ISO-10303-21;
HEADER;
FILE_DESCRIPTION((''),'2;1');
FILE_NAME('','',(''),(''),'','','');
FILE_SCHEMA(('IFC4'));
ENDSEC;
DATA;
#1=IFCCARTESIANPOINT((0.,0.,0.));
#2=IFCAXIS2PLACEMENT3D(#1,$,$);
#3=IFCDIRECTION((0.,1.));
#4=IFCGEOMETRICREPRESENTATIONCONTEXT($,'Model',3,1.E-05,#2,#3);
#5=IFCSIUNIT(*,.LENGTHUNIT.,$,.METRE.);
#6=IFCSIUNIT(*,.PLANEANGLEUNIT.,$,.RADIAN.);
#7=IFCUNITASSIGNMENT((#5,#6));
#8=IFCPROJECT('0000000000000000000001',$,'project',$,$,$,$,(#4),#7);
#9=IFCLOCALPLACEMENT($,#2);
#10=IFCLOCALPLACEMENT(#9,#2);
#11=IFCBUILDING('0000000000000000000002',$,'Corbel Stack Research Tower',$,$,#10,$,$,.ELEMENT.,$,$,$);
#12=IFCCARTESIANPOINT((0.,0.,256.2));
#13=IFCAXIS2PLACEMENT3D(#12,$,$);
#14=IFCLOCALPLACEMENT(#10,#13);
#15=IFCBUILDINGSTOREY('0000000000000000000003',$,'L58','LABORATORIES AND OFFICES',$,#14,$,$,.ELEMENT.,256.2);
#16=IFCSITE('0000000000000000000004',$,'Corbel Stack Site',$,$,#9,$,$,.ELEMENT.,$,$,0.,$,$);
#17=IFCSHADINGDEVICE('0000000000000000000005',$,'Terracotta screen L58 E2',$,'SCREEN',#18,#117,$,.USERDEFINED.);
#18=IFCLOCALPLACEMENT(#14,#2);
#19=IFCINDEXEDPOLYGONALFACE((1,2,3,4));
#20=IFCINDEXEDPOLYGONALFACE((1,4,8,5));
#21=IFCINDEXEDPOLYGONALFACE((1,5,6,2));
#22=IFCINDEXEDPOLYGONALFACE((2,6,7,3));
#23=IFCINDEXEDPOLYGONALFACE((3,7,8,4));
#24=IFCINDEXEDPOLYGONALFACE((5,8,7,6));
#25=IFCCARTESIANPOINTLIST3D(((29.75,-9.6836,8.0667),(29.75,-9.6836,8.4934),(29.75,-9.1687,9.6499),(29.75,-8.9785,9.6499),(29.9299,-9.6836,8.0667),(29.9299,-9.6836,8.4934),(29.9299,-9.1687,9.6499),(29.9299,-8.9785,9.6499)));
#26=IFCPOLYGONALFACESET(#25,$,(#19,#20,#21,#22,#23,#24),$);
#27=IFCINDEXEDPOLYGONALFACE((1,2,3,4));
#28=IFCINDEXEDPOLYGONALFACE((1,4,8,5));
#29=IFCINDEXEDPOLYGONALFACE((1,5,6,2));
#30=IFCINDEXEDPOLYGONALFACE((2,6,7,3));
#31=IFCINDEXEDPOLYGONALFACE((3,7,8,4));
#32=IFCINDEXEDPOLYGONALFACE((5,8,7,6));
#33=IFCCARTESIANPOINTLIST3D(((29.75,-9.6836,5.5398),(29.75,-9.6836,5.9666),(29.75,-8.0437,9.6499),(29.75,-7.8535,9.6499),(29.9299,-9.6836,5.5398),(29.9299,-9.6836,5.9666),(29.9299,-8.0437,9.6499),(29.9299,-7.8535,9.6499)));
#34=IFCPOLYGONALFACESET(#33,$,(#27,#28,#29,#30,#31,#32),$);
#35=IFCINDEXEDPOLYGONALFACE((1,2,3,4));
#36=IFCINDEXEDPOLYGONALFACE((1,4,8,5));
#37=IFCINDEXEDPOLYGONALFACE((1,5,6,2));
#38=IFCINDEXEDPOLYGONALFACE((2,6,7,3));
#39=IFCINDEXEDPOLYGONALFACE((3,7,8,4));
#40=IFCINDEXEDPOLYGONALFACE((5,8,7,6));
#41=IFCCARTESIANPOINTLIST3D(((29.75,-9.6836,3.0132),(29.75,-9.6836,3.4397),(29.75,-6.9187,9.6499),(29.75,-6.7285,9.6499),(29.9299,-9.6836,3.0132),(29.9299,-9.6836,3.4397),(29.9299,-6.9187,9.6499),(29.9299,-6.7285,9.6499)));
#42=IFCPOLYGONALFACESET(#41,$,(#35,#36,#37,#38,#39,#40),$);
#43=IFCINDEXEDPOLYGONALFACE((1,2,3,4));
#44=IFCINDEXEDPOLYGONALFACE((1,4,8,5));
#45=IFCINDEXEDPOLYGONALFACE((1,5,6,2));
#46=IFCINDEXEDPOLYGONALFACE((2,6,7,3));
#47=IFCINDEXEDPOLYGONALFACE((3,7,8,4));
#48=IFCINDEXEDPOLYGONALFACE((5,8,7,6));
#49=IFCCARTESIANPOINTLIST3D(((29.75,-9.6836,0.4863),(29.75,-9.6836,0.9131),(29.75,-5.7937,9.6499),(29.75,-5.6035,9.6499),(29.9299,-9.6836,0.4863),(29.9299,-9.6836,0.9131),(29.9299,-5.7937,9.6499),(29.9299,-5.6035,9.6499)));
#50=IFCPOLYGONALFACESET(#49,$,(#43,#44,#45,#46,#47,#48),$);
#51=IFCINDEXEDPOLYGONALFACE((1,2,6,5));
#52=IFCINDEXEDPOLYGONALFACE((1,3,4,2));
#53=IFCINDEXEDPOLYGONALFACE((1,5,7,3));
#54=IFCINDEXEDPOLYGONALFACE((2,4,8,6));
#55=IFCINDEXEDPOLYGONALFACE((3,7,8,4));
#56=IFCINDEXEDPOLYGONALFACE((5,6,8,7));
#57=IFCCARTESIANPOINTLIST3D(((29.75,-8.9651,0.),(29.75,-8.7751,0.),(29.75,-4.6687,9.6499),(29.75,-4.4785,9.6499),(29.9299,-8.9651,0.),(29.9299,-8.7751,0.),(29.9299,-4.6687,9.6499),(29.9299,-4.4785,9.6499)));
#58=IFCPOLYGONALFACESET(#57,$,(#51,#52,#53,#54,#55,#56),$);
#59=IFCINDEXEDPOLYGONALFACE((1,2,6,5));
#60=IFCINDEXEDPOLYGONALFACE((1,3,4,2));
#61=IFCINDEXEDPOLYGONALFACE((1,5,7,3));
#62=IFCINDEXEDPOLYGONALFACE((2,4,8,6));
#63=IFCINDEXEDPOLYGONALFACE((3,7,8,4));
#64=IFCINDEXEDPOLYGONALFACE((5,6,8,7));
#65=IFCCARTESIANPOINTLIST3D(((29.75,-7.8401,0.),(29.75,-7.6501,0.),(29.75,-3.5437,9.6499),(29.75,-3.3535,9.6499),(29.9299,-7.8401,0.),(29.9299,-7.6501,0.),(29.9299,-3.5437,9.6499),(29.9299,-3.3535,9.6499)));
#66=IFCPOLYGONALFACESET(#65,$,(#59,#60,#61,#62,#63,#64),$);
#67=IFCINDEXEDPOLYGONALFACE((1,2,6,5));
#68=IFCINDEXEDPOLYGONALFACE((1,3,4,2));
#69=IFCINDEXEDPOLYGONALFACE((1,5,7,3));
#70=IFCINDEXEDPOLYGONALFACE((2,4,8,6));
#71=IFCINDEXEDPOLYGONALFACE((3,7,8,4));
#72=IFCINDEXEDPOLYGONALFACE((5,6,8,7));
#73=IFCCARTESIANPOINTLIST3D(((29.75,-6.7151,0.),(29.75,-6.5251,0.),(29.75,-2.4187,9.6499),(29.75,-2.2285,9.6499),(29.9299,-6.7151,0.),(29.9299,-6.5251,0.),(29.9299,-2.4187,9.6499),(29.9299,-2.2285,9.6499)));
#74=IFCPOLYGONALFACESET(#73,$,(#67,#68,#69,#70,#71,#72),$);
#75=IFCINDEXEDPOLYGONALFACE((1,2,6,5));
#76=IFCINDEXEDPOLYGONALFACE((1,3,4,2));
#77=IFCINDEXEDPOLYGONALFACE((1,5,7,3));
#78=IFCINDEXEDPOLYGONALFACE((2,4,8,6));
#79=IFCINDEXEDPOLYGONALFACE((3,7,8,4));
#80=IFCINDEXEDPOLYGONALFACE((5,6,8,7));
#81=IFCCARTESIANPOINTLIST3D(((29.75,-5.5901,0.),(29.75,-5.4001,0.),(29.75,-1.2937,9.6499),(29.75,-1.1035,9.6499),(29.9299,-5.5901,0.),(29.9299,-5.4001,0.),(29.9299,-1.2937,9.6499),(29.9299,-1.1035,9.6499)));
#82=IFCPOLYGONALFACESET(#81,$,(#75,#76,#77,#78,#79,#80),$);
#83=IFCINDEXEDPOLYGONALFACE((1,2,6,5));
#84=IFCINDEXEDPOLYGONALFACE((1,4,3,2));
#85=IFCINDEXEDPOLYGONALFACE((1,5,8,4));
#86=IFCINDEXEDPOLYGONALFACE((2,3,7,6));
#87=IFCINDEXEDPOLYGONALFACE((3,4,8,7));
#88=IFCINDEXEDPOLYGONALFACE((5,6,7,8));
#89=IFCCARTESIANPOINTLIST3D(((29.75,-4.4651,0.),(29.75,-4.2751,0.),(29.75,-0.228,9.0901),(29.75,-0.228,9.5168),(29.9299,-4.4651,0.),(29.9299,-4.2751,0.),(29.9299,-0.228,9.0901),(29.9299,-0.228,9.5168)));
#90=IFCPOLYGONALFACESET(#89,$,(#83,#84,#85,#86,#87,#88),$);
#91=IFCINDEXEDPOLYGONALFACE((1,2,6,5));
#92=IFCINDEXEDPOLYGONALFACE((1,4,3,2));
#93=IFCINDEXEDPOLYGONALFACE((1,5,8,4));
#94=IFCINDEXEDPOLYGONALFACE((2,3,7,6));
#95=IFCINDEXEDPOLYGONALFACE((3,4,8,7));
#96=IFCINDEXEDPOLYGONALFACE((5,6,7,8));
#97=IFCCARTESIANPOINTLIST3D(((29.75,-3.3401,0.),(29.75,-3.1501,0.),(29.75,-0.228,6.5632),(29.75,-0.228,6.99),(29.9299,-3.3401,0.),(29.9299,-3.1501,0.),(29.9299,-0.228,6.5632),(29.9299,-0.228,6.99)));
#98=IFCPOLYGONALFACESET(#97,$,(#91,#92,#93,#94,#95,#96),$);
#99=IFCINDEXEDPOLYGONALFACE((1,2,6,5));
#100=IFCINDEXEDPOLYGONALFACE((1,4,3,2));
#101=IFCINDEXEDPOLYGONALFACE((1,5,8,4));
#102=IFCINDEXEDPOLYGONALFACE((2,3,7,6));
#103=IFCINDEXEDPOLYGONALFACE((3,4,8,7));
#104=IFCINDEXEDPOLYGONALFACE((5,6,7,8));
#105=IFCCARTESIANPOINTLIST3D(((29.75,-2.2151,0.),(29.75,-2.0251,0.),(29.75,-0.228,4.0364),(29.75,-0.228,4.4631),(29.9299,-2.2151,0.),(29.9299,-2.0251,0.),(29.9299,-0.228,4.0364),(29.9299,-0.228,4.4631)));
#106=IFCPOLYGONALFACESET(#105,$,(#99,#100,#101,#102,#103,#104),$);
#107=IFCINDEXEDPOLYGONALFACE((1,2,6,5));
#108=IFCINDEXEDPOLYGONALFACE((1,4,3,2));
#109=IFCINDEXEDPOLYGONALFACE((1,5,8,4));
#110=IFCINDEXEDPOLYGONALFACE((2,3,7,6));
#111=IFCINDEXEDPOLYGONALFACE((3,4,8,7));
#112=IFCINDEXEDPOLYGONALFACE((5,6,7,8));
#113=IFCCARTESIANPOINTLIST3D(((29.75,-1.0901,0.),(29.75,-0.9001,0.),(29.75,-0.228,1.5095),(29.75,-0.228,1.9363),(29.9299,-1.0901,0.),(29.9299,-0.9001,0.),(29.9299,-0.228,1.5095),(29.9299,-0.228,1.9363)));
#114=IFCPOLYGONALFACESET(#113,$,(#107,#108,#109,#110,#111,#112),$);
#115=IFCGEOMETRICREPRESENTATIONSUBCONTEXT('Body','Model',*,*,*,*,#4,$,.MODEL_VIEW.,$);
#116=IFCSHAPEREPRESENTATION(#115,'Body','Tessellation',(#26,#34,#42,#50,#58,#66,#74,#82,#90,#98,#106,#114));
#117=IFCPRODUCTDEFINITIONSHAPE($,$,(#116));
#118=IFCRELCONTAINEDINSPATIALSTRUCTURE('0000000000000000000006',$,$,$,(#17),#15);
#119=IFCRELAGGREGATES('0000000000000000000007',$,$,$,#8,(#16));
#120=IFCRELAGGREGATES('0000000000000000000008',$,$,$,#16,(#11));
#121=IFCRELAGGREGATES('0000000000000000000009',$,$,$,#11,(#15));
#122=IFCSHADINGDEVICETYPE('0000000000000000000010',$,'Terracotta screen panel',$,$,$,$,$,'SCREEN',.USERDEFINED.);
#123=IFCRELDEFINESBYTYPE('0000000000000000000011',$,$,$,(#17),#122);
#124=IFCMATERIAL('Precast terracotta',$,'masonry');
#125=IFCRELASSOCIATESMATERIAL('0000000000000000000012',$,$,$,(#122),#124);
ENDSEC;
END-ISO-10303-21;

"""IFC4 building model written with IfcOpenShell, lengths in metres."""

from ifc_helpers import new_model, si_unit, direction, frame, origin, place, context, subcontext, project, spatial, polyline, outline, extrude, source, transform, mapped, material, type_object, element, save


model = new_model("IFC4")

# Units and contexts
model_context = context("Model", 3, precision=1e-05, world=origin(), true_north=direction((0.0, 1.0)))
body_context = subcontext(model_context, "Body", "Model", "MODEL_VIEW")
ifc_project = project(units=[si_unit("LENGTHUNIT", "METRE"), si_unit("PLANEANGLEUNIT", "RADIAN")], contexts=[model_context])

# Site, building, storey
site_placement = place(None, origin())
site = spatial("IfcSite", under=ifc_project, at=site_placement, Name="Corbel Stack Site", CompositionType="ELEMENT", RefElevation=0.0)
building_placement = place(site_placement, origin())
building = spatial("IfcBuilding", under=site, at=building_placement, Name="Corbel Stack Research Tower", CompositionType="ELEMENT")
storey_placement = place(building_placement, frame((0.0, 0.0, 256.2)))
storey = spatial("IfcBuildingStorey", under=building, at=storey_placement, Name="L58", Description="LABORATORIES AND OFFICES", CompositionType="ELEMENT", Elevation=256.2)

# Shading device
ifc_material_1 = material(Name="Precast terracotta", Category="masonry")
shading_device_type = type_object("IfcShadingDeviceType", Name="Terracotta screen panel", ElementType="SCREEN", PredefinedType="USERDEFINED", material=ifc_material_1)
shared_shape_1 = source(origin(), body_context, "Body", "SweptSolid", [
    extrude(outline(polyline([(0.7051, 9.6499), (0.5149, 9.6499), (0.0, 8.4934), (0.0, 8.0667), (0.7051, 9.6499)])), frame((0.0, 0.0, 0.0), z_axis=(0.0, -1.0, 0.0), x_axis=(1.0, 0.0, 0.0)), (0.0, 0.0, 1.0), 0.1799),
    extrude(outline(polyline([(1.8301, 9.6499), (1.6399, 9.6499), (0.0, 5.9666), (0.0, 5.5398), (1.8301, 9.6499)])), frame((0.0, 0.0, 0.0), z_axis=(0.0, -1.0, 0.0), x_axis=(1.0, 0.0, 0.0)), (0.0, 0.0, 1.0), 0.1799),
    extrude(outline(polyline([(2.9551, 9.6499), (2.7649, 9.6499), (0.0, 3.4397), (0.0, 3.0132), (2.9551, 9.6499)])), frame((0.0, 0.0, 0.0), z_axis=(0.0, -1.0, 0.0), x_axis=(1.0, 0.0, 0.0)), (0.0, 0.0, 1.0), 0.1799),
    extrude(outline(polyline([(4.0801, 9.6499), (3.8899, 9.6499), (0.0, 0.9131), (0.0, 0.4863), (4.0801, 9.6499)])), frame((0.0, 0.0, 0.0), z_axis=(0.0, -1.0, 0.0), x_axis=(1.0, 0.0, 0.0)), (0.0, 0.0, 1.0), 0.1799),
    extrude(outline(polyline([(0.9084, 0.0), (5.2051, 9.6499), (5.0149, 9.6499), (0.7185, 0.0), (0.9084, 0.0)])), frame((0.0, 0.0, 0.0), z_axis=(0.0, -1.0, 0.0), x_axis=(1.0, 0.0, 0.0)), (0.0, 0.0, 1.0), 0.1799),
    extrude(outline(polyline([(2.0334, 0.0), (6.3301, 9.6499), (6.1399, 9.6499), (1.8435, 0.0), (2.0334, 0.0)])), frame((0.0, 0.0, 0.0), z_axis=(0.0, -1.0, 0.0), x_axis=(1.0, 0.0, 0.0)), (0.0, 0.0, 1.0), 0.1799),
    extrude(outline(polyline([(3.1584, 0.0), (7.4551, 9.6499), (7.2649, 9.6499), (2.9685, 0.0), (3.1584, 0.0)])), frame((0.0, 0.0, 0.0), z_axis=(0.0, -1.0, 0.0), x_axis=(1.0, 0.0, 0.0)), (0.0, 0.0, 1.0), 0.1799),
    extrude(outline(polyline([(4.2834, 0.0), (8.5801, 9.6499), (8.3899, 9.6499), (4.0935, 0.0), (4.2834, 0.0)])), frame((0.0, 0.0, 0.0), z_axis=(0.0, -1.0, 0.0), x_axis=(1.0, 0.0, 0.0)), (0.0, 0.0, 1.0), 0.1799),
    extrude(outline(polyline([(5.4084, 0.0), (9.4556, 9.0901), (9.4556, 9.5168), (5.2185, 0.0), (5.4084, 0.0)])), frame((0.0, 0.0, 0.0), z_axis=(0.0, -1.0, 0.0), x_axis=(1.0, 0.0, 0.0)), (0.0, 0.0, 1.0), 0.1799),
    extrude(outline(polyline([(6.5334, 0.0), (9.4556, 6.5632), (9.4556, 6.99), (6.3435, 0.0), (6.5334, 0.0)])), frame((0.0, 0.0, 0.0), z_axis=(0.0, -1.0, 0.0), x_axis=(1.0, 0.0, 0.0)), (0.0, 0.0, 1.0), 0.1799),
    extrude(outline(polyline([(7.6584, 0.0), (9.4556, 4.0364), (9.4556, 4.4631), (7.4685, 0.0), (7.6584, 0.0)])), frame((0.0, 0.0, 0.0), z_axis=(0.0, -1.0, 0.0), x_axis=(1.0, 0.0, 0.0)), (0.0, 0.0, 1.0), 0.1799),
    extrude(outline(polyline([(8.7834, 0.0), (9.4556, 1.5095), (9.4556, 1.9363), (8.5935, 0.0), (8.7834, 0.0)])), frame((0.0, 0.0, 0.0), z_axis=(0.0, -1.0, 0.0), x_axis=(1.0, 0.0, 0.0)), (0.0, 0.0, 1.0), 0.1799),
])
shading_device_1_placement = place(storey_placement, frame((29.75, -9.6836, 0.0), z_axis=(0.0, 0.0, 1.0), x_axis=(0.0, 1.0, 0.0)))
element("IfcShadingDevice", 1, at=shading_device_1_placement, inside=storey, type_object=shading_device_type, Name="Terracotta screen L58 E2", ObjectType="SCREEN", PredefinedType="USERDEFINED", context=body_context, shape_type="MappedRepresentation", body=[
    mapped(shared_shape_1, transform((0.0, 0.0, 0.0))),
])

save(model, "model.ifc")
